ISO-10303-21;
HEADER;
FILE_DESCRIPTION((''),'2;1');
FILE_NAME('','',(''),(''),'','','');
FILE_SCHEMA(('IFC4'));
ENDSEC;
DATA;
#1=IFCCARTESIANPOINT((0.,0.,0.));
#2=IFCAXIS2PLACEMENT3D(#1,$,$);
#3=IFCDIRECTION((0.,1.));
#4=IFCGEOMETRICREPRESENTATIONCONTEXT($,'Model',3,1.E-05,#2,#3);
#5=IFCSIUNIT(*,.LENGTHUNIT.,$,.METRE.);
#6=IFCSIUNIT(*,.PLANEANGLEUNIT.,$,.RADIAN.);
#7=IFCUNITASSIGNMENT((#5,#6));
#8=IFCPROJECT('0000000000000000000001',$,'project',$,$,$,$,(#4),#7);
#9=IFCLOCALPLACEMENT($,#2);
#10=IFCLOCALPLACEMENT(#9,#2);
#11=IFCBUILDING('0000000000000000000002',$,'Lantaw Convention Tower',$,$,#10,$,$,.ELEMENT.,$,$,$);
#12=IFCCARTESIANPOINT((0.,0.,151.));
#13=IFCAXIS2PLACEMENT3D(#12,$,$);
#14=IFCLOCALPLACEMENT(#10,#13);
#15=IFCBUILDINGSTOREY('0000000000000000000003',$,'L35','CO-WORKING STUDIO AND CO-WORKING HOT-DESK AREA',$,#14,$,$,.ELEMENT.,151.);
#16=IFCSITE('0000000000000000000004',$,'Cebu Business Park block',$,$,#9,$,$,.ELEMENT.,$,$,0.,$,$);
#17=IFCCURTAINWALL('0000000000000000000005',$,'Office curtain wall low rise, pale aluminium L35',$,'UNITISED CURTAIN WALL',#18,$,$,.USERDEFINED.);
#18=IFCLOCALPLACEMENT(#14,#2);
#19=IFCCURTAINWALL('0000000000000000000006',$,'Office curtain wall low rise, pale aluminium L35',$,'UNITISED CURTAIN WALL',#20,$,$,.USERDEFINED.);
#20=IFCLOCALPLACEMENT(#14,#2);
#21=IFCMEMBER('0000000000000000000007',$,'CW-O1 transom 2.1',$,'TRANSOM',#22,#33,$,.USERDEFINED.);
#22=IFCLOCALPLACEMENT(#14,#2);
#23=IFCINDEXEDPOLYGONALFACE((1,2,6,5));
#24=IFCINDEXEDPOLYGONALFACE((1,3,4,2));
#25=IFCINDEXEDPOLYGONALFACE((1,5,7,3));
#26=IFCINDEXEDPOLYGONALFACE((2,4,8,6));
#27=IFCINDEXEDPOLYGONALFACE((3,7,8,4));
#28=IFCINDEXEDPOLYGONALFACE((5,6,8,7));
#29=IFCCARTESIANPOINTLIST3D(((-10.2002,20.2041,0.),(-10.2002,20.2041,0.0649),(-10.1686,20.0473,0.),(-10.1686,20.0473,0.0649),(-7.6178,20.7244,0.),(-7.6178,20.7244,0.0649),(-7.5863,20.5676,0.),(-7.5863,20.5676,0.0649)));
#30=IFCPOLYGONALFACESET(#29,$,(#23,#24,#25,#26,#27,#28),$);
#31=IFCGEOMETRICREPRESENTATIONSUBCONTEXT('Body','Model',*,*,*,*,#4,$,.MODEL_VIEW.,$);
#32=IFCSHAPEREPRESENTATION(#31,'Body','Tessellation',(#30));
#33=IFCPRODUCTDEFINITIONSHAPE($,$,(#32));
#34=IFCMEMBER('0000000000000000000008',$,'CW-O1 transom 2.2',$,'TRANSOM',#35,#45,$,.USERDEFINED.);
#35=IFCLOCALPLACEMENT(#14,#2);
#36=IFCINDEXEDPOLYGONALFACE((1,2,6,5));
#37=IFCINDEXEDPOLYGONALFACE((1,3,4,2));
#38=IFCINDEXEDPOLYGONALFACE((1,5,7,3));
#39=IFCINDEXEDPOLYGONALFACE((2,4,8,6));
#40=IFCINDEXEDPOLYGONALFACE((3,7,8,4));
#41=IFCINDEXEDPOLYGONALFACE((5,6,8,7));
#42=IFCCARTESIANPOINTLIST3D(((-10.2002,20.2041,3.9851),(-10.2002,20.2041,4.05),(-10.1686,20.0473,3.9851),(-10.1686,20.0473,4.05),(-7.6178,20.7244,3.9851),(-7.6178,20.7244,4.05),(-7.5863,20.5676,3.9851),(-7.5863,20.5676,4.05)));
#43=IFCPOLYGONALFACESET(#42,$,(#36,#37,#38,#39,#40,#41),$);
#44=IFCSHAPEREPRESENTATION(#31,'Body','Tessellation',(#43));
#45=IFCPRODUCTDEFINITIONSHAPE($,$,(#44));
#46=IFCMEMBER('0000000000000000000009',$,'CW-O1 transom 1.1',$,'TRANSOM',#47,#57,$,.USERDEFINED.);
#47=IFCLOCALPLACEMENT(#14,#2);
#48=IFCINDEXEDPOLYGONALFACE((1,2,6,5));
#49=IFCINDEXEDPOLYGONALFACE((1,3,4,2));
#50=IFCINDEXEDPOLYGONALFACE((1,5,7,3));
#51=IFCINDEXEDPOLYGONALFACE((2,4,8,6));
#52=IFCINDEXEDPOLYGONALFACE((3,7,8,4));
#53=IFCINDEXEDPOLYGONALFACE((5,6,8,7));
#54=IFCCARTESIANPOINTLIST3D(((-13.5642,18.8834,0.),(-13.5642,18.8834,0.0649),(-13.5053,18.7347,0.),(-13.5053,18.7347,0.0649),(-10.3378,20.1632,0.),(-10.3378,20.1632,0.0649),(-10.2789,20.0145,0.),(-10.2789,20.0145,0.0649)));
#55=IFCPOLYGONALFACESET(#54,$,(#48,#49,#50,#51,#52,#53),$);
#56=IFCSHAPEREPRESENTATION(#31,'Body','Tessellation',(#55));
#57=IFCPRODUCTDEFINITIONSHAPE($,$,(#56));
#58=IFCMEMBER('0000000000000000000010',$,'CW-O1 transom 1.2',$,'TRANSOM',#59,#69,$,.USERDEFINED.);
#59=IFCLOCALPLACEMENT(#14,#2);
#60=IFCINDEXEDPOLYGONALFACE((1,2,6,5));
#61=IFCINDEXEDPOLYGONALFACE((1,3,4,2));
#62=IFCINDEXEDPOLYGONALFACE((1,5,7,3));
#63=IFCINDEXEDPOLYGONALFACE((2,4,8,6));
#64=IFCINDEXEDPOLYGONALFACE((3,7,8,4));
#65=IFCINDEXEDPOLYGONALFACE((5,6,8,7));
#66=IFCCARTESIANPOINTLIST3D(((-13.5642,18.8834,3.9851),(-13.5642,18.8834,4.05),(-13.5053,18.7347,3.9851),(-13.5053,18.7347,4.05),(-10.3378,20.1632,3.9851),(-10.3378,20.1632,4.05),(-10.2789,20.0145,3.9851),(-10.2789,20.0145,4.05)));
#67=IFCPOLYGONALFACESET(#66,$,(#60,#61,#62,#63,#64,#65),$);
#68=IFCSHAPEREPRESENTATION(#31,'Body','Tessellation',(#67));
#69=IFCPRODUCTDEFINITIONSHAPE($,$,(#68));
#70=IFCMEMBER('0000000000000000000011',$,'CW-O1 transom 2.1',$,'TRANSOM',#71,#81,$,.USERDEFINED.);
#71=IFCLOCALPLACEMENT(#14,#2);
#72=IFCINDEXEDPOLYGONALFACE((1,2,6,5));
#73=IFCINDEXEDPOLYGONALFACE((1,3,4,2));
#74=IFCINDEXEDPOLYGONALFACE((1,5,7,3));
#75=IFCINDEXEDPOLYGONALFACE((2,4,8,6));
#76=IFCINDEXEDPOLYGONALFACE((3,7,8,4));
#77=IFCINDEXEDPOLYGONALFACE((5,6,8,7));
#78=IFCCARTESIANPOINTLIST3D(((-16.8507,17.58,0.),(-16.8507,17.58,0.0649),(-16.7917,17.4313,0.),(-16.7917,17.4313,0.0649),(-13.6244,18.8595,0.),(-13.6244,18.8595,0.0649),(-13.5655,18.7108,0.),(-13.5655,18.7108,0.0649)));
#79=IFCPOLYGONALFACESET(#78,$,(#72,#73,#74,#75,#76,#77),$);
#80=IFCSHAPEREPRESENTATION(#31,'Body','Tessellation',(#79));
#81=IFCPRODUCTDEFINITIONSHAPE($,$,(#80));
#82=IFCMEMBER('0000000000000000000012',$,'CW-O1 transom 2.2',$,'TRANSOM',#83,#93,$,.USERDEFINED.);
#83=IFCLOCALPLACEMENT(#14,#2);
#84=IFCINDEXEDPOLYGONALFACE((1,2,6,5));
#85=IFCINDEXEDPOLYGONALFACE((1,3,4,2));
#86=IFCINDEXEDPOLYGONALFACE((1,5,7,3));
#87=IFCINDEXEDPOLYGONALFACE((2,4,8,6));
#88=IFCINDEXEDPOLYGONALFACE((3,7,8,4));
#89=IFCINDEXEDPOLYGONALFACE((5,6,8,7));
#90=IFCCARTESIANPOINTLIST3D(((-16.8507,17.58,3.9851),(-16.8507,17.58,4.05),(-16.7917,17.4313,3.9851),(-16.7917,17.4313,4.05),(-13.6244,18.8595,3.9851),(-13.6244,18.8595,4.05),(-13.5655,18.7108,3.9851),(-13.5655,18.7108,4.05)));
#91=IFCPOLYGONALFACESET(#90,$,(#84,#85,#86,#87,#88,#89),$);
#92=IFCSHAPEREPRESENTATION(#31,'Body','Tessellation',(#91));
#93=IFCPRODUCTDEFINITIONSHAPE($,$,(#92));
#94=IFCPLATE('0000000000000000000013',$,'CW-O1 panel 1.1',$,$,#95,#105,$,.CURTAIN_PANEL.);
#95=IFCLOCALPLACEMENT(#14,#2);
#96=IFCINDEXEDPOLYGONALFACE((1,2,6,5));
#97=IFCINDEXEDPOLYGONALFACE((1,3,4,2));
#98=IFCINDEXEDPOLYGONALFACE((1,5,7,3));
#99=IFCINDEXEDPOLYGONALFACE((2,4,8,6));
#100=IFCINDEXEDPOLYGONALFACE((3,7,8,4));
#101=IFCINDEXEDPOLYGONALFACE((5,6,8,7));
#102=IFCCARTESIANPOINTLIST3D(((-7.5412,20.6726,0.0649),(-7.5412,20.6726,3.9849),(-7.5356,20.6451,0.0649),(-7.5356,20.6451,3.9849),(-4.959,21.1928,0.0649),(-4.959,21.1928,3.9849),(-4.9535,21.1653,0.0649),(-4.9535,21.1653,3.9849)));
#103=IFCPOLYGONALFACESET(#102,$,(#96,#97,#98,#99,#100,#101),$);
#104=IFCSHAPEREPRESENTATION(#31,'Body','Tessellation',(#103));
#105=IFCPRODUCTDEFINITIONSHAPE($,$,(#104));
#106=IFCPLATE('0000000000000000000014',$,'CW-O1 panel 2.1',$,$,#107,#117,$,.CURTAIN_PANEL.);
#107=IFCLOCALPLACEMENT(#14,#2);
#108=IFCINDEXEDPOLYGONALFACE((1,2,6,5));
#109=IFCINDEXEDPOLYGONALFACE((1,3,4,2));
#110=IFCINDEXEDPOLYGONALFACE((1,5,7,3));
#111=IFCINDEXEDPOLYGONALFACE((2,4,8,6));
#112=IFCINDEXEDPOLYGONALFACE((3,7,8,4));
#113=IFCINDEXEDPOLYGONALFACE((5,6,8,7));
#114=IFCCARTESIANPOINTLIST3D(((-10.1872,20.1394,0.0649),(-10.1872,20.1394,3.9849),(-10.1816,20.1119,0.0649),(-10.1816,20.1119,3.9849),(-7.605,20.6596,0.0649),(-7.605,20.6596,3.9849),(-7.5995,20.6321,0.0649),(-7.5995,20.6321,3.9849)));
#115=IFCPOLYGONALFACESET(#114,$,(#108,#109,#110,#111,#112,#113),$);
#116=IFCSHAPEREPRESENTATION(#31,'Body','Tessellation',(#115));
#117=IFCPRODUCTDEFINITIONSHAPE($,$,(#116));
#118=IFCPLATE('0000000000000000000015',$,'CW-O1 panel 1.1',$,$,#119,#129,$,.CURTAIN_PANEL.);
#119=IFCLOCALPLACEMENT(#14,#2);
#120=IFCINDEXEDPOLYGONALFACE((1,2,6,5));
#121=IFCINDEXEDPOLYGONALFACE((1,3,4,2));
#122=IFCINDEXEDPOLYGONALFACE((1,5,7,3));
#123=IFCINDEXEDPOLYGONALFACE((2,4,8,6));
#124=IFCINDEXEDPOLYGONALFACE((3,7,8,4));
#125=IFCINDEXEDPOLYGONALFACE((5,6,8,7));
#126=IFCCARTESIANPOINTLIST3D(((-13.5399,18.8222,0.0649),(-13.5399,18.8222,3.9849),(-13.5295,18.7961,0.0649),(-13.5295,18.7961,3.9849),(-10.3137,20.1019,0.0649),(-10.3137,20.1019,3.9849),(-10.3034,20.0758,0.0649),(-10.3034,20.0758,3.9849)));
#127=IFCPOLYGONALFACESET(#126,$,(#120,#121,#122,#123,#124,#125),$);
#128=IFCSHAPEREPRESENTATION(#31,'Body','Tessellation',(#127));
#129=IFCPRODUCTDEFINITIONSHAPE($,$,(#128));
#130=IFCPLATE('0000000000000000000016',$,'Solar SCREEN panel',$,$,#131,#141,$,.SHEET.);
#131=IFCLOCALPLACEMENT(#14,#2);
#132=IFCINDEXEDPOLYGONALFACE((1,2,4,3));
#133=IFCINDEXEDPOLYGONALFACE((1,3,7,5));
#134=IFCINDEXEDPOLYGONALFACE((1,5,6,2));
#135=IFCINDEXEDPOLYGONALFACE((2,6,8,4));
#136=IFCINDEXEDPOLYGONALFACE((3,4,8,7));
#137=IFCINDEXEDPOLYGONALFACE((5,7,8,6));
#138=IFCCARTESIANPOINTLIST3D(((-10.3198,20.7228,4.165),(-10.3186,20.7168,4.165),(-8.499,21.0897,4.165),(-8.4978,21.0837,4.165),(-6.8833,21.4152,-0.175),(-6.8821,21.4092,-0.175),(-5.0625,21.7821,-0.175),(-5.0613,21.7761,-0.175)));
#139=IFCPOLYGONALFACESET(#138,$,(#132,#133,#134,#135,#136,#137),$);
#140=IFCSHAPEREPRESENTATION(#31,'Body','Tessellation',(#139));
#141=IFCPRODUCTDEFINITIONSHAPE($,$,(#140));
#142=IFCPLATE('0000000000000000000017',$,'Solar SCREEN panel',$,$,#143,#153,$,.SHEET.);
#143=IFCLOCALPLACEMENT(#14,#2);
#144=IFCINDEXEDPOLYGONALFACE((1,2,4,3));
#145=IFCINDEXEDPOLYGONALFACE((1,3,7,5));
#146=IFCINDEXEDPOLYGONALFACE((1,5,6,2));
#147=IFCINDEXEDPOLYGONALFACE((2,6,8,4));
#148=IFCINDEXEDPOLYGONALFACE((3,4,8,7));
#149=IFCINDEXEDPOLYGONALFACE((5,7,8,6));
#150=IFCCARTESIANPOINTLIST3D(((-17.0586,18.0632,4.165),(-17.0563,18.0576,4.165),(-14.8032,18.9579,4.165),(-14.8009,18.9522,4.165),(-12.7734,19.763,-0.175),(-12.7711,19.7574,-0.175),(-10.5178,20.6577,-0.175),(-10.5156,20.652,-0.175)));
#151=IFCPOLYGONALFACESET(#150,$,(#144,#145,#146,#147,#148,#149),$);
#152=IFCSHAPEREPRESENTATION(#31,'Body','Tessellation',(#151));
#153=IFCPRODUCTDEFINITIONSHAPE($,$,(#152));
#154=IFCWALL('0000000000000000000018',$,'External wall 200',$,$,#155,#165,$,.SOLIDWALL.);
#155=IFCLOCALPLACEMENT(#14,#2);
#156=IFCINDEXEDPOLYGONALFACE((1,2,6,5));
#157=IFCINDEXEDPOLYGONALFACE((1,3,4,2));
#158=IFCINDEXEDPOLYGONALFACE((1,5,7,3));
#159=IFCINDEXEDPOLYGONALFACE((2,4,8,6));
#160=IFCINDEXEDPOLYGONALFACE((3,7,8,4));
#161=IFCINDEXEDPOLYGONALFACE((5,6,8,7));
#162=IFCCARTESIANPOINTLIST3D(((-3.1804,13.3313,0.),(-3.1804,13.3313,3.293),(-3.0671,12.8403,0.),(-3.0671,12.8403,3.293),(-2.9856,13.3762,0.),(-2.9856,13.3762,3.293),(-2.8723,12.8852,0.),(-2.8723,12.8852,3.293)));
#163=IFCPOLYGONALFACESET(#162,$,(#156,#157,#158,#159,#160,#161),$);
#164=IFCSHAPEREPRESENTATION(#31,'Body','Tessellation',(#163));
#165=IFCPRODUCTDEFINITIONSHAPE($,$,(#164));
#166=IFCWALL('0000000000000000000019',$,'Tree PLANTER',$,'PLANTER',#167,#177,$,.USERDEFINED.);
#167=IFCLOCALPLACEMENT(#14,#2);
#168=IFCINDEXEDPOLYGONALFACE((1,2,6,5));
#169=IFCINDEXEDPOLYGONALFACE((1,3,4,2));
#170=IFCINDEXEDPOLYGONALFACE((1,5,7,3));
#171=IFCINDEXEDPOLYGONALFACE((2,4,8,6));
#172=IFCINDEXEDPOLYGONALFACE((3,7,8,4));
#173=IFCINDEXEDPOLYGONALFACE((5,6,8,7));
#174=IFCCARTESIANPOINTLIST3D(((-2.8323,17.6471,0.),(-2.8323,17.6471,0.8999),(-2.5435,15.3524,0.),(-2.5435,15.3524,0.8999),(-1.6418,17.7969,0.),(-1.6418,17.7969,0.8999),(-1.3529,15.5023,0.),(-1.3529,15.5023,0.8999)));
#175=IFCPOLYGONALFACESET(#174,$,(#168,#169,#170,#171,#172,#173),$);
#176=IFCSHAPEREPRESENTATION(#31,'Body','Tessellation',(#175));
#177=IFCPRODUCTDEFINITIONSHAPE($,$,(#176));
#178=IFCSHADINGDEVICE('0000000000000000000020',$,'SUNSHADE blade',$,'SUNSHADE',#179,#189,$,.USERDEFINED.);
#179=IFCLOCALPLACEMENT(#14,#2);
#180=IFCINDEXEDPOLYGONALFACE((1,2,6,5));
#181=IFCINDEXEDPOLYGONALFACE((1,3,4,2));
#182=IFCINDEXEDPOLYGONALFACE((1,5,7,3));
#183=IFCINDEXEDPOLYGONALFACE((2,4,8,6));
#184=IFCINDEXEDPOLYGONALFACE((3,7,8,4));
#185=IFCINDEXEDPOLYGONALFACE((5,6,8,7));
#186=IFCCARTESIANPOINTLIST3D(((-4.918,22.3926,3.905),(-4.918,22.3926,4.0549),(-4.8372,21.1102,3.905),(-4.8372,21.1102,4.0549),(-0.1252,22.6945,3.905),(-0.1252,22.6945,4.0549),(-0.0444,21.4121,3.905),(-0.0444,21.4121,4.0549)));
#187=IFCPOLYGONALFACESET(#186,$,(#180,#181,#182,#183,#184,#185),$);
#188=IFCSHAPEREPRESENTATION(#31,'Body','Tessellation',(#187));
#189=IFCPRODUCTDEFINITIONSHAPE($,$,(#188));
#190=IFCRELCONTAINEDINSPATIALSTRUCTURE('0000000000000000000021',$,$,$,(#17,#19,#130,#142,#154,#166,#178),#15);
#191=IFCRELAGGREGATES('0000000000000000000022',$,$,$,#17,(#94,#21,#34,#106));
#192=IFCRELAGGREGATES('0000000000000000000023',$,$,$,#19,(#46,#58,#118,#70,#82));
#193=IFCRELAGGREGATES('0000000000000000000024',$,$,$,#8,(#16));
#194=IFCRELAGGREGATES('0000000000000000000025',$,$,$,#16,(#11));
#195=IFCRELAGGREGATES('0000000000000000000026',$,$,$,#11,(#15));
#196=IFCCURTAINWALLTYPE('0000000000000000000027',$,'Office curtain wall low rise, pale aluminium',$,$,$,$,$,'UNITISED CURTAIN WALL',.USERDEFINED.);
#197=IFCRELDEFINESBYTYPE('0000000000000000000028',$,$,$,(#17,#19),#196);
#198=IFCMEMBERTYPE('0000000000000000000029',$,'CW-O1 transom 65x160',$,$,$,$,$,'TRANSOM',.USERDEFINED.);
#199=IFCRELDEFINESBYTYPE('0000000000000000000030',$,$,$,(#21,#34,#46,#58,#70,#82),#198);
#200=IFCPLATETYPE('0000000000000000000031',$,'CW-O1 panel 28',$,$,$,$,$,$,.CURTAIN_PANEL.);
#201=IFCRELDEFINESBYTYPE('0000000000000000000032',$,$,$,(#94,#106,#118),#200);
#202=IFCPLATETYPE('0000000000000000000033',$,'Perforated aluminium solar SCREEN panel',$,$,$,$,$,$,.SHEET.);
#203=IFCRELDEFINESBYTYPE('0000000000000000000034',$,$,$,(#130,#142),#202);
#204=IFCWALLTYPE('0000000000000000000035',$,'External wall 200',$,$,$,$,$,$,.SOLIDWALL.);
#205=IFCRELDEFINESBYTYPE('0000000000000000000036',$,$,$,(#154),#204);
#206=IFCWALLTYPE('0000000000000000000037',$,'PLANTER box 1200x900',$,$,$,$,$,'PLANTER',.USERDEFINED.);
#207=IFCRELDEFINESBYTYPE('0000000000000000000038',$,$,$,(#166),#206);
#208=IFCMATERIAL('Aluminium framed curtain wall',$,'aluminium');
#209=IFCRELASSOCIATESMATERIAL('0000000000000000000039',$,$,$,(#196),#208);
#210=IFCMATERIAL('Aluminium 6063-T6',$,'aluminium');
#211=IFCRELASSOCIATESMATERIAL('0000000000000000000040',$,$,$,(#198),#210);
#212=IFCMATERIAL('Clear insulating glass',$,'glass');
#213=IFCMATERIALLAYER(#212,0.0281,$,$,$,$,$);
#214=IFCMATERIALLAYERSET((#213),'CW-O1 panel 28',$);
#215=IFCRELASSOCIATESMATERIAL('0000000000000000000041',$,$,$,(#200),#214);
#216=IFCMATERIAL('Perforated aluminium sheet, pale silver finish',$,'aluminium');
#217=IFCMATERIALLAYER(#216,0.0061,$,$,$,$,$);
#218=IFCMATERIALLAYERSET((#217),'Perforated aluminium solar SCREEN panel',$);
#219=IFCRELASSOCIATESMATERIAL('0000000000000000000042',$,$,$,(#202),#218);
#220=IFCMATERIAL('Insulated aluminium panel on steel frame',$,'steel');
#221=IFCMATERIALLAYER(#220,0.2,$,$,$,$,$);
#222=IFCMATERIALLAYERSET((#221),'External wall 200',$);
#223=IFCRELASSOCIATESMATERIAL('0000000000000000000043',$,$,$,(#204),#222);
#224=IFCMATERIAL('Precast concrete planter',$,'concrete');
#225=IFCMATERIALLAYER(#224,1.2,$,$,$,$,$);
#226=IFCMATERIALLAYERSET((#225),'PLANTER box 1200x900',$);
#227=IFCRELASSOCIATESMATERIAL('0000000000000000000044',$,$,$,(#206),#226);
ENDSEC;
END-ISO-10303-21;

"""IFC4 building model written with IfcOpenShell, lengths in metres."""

from ifc_helpers import new_model, si_unit, direction, frame, frame_2d, origin, origin_2d, place, context, subcontext, project, spatial, polyline, rectangle, outline, extrude, material, layer, layer_set, material_profile, profile_set, type_object, element, aggregate, save


model = new_model("IFC4")

# Units and contexts
model_context = context("Model", 3, precision=1e-05, world=origin(), true_north=direction((0.0, 1.0)))
body_context = subcontext(model_context, "Body", "Model", "MODEL_VIEW")
ifc_project = project(units=[si_unit("LENGTHUNIT", "METRE"), si_unit("PLANEANGLEUNIT", "RADIAN")], contexts=[model_context])

# Site, building, storey
site_placement = place(None, origin())
site = spatial("IfcSite", under=ifc_project, at=site_placement, Name="Cebu Business Park block", CompositionType="ELEMENT", RefElevation=0.0)
building_placement = place(site_placement, origin())
building = spatial("IfcBuilding", under=site, at=building_placement, Name="Lantaw Convention Tower", CompositionType="ELEMENT")
storey_placement = place(building_placement, frame((0.0, 0.0, 151.0)))
storey = spatial("IfcBuildingStorey", under=building, at=storey_placement, Name="L35", Description="CO-WORKING STUDIO AND CO-WORKING HOT-DESK AREA", CompositionType="ELEMENT", Elevation=151.0)

# Curtain walls
ifc_material_1 = material(Name="Aluminium framed curtain wall", Category="aluminium")
curtain_wall_type = type_object("IfcCurtainWallType", Name="Office curtain wall low rise, pale aluminium", ElementType="UNITISED CURTAIN WALL", PredefinedType="USERDEFINED", material=ifc_material_1)
curtain_wall_1_placement = place(storey_placement, origin())
curtain_wall_1 = element("IfcCurtainWall", 1, at=curtain_wall_1_placement, inside=storey, type_object=curtain_wall_type, Name="Office curtain wall low rise, pale aluminium L35", ObjectType="UNITISED CURTAIN WALL", PredefinedType="USERDEFINED")
ifc_material_2 = material(Name="Aluminium 6063-T6", Category="aluminium")
curtain_wall_2_placement = place(storey_placement, origin())
curtain_wall_2 = element("IfcCurtainWall", 2, at=curtain_wall_2_placement, inside=storey, type_object=curtain_wall_type, Name="Office curtain wall low rise, pale aluminium L35", ObjectType="UNITISED CURTAIN WALL", PredefinedType="USERDEFINED")

# Members
ifc_material_profile_1 = material_profile(ifc_material_2, rectangle(XDim=0.1599, YDim=0.0649, at=origin_2d()), Name="CW-O1 transom 65x160")
ifc_profile_set_1 = profile_set([ifc_material_profile_1], Name="Aluminium 6063-T6")
member_type_1 = type_object("IfcMemberType", Name="CW-O1 transom 65x160", ElementType="TRANSOM", PredefinedType="USERDEFINED", material=ifc_profile_set_1)
member_1_placement = place(storey_placement, frame((-7.6021, 20.646, 0.0325), z_axis=(-0.980302, -0.197506, 0.0), x_axis=(0.197506, -0.980302, 0.0)))
member_1 = element("IfcMember", 3, at=member_1_placement, type_object=member_type_1, Name="CW-O1 transom 2.1", ObjectType="TRANSOM", PredefinedType="USERDEFINED", context=body_context, shape_type="SweptSolid", body=[
    extrude(rectangle(XDim=0.1599, YDim=0.0649, at=origin_2d()), origin(), (0.0, 0.0, 1.0), 2.6343),
])
member_2_placement = place(storey_placement, frame((-7.6021, 20.646, 4.0176), z_axis=(-0.980302, -0.197506, 0.0), x_axis=(0.197506, -0.980302, 0.0)))
member_2 = element("IfcMember", 4, at=member_2_placement, type_object=member_type_1, Name="CW-O1 transom 2.2", ObjectType="TRANSOM", PredefinedType="USERDEFINED", context=body_context, shape_type="SweptSolid", body=[
    extrude(rectangle(XDim=0.1599, YDim=0.0649, at=origin_2d()), origin(), (0.0, 0.0, 1.0), 2.6343),
])
member_3_placement = place(storey_placement, frame((-10.3083, 20.0889, 0.0325), z_axis=(-0.92954, -0.368721, 0.0), x_axis=(0.368721, -0.92954, 0.0)))
member_3 = element("IfcMember", 5, at=member_3_placement, type_object=member_type_1, Name="CW-O1 transom 1.1", ObjectType="TRANSOM", PredefinedType="USERDEFINED", context=body_context, shape_type="SweptSolid", body=[
    extrude(rectangle(XDim=0.1599, YDim=0.0649, at=origin_2d()), origin(), (0.0, 0.0, 1.0), 3.4709),
])
member_4_placement = place(storey_placement, frame((-10.3083, 20.0889, 4.0176), z_axis=(-0.92954, -0.368721, 0.0), x_axis=(0.368721, -0.92954, 0.0)))
member_4 = element("IfcMember", 6, at=member_4_placement, type_object=member_type_1, Name="CW-O1 transom 1.2", ObjectType="TRANSOM", PredefinedType="USERDEFINED", context=body_context, shape_type="SweptSolid", body=[
    extrude(rectangle(XDim=0.1599, YDim=0.0649, at=origin_2d()), origin(), (0.0, 0.0, 1.0), 3.4709),
])
member_5_placement = place(storey_placement, frame((-13.595, 18.7852, 0.0325), z_axis=(-0.929564, -0.36866, 0.0), x_axis=(0.36866, -0.929564, 0.0)))
member_5 = element("IfcMember", 7, at=member_5_placement, type_object=member_type_1, Name="CW-O1 transom 2.1", ObjectType="TRANSOM", PredefinedType="USERDEFINED", context=body_context, shape_type="SweptSolid", body=[
    extrude(rectangle(XDim=0.1599, YDim=0.0649, at=origin_2d()), origin(), (0.0, 0.0, 1.0), 3.4707),
])
member_6_placement = place(storey_placement, frame((-13.595, 18.7852, 4.0176), z_axis=(-0.929564, -0.36866, 0.0), x_axis=(0.36866, -0.929564, 0.0)))
member_6 = element("IfcMember", 8, at=member_6_placement, type_object=member_type_1, Name="CW-O1 transom 2.2", ObjectType="TRANSOM", PredefinedType="USERDEFINED", context=body_context, shape_type="SweptSolid", body=[
    extrude(rectangle(XDim=0.1599, YDim=0.0649, at=origin_2d()), origin(), (0.0, 0.0, 1.0), 3.4707),
])

# Plates
ifc_material_3 = material(Name="Clear insulating glass", Category="glass")
ifc_layer_1 = layer(ifc_material_3, 0.0281)
ifc_layer_set_1 = layer_set([ifc_layer_1], Name="CW-O1 panel 28")
plate_type_1 = type_object("IfcPlateType", Name="CW-O1 panel 28", PredefinedType="CURTAIN_PANEL", material=ifc_layer_set_1)
plate_1_placement = place(storey_placement, frame((-6.2473, 20.9189, 0.0649), z_axis=(0.0, 0.0, 1.0), x_axis=(-0.980302, -0.197507, 0.0)))
plate_1 = element("IfcPlate", 9, at=plate_1_placement, type_object=plate_type_1, Name="CW-O1 panel 1.1", PredefinedType="CURTAIN_PANEL", context=body_context, shape_type="SweptSolid", body=[
    extrude(rectangle(XDim=2.634, YDim=0.0281, at=origin_2d()), origin(), (0.0, 0.0, 1.0), 3.9199),
])
plate_2_placement = place(storey_placement, frame((-8.8933, 20.3857, 0.0649), z_axis=(0.0, 0.0, 1.0), x_axis=(-0.980302, -0.197507, 0.0)))
plate_2 = element("IfcPlate", 10, at=plate_2_placement, type_object=plate_type_1, Name="CW-O1 panel 2.1", PredefinedType="CURTAIN_PANEL", context=body_context, shape_type="SweptSolid", body=[
    extrude(rectangle(XDim=2.634, YDim=0.0281, at=origin_2d()), origin(), (0.0, 0.0, 1.0), 3.9199),
])
aggregate(curtain_wall_1, [plate_1, member_1, member_2, plate_2])
plate_3_placement = place(storey_placement, frame((-11.9216, 19.449, 0.0649), z_axis=(0.0, 0.0, 1.0), x_axis=(-0.929548, -0.368702, 0.0)))
plate_3 = element("IfcPlate", 11, at=plate_3_placement, type_object=plate_type_1, Name="CW-O1 panel 1.1", PredefinedType="CURTAIN_PANEL", context=body_context, shape_type="SweptSolid", body=[
    extrude(rectangle(XDim=3.4707, YDim=0.0281, at=origin_2d()), origin(), (0.0, 0.0, 1.0), 3.9199),
])
aggregate(curtain_wall_2, [member_3, member_4, plate_3, member_5, member_6])

# Plates
ifc_material_4 = material(Name="Perforated aluminium sheet, pale silver finish", Category="aluminium")
ifc_layer_2 = layer(ifc_material_4, 0.0061)
ifc_layer_set_2 = layer_set([ifc_layer_2], Name="Perforated aluminium solar SCREEN panel")
plate_type_2 = type_object("IfcPlateType", Name="Perforated aluminium solar SCREEN panel", PredefinedType="SHEET", material=ifc_layer_set_2)
plate_4_placement = place(storey_placement, frame((-5.0613, 21.7761, -0.175), z_axis=(0.197557, -0.980291, 0.000039), x_axis=(-0.980291, -0.197557, 0.0)))
element("IfcPlate", 12, at=plate_4_placement, inside=storey, type_object=plate_type_2, Name="Solar SCREEN panel", PredefinedType="SHEET", context=body_context, shape_type="SweptSolid", body=[
    extrude(outline(polyline([(0.0, 0.0), (1.8574, 0.0), (5.363, -4.3401), (3.5056, -4.3401), (0.0, 0.0)])), origin(), (0.0, 0.0, -1.0), 0.0061),
])
plate_5_placement = place(storey_placement, frame((-10.5178, 20.6577, -0.175), z_axis=(-0.368709, 0.929545, 0.000011), x_axis=(-0.929545, -0.368709, 0.0)))
element("IfcPlate", 13, at=plate_5_placement, inside=storey, type_object=plate_type_2, Name="Solar SCREEN panel", PredefinedType="SHEET", context=body_context, shape_type="SweptSolid", body=[
    extrude(outline(polyline([(0.0, 0.0), (2.4265, 0.0), (7.0365, 4.3401), (4.6102, 4.3401), (0.0, 0.0)])), origin(), (0.0, 0.0, -1.0), 0.0061),
])

# Walls
ifc_material_5 = material(Name="Insulated aluminium panel on steel frame", Category="steel")
ifc_layer_3 = layer(ifc_material_5, 0.2)
ifc_layer_set_3 = layer_set([ifc_layer_3], Name="External wall 200")
wall_type_1 = type_object("IfcWallType", Name="External wall 200", PredefinedType="SOLIDWALL", material=ifc_layer_set_3)
wall_1_placement = place(storey_placement, frame((-3.083, 13.3538, 0.0), z_axis=(0.0, 0.0, 1.0), x_axis=(0.224824, -0.974399, 0.0)))
element("IfcWall", 14, at=wall_1_placement, inside=storey, type_object=wall_type_1, Name="External wall 200", PredefinedType="SOLIDWALL", context=body_context, shape_type="SweptSolid", body=[
    extrude(rectangle(XDim=0.5039, YDim=0.2, at=frame_2d((0.252, 0.0))), origin(), (0.0, 0.0, 1.0), 3.293),
])
ifc_material_6 = material(Name="Precast concrete planter", Category="concrete")
ifc_layer_4 = layer(ifc_material_6, 1.2)
ifc_layer_set_4 = layer_set([ifc_layer_4], Name="PLANTER box 1200x900")
wall_type_2 = type_object("IfcWallType", Name="PLANTER box 1200x900", ElementType="PLANTER", PredefinedType="USERDEFINED", material=ifc_layer_set_4)
wall_2_placement = place(storey_placement, frame((-1.9482, 15.4275, 0.0), z_axis=(0.0, 0.0, 1.0), x_axis=(-0.124879, 0.992172, 0.0)))
element("IfcWall", 15, at=wall_2_placement, inside=storey, type_object=wall_type_2, Name="Tree PLANTER", ObjectType="PLANTER", PredefinedType="USERDEFINED", context=body_context, shape_type="SweptSolid", body=[
    extrude(rectangle(XDim=2.3127, YDim=1.2, at=frame_2d((1.1562, 0.0))), origin(), (0.0, 0.0, 1.0), 0.8999),
])

# Shading device
shading_device_1_placement = place(storey_placement, frame((-2.4812, 21.9023, 3.905), z_axis=(0.0, 0.0, 1.0), x_axis=(-0.998022, -0.062865, 0.0)))
element("IfcShadingDevice", 16, at=shading_device_1_placement, inside=storey, Name="SUNSHADE blade", ObjectType="SUNSHADE", PredefinedType="USERDEFINED", context=body_context, shape_type="SweptSolid", body=[
    extrude(rectangle(XDim=4.8022, YDim=1.2849, at=origin_2d()), origin(), (0.0, 0.0, 1.0), 0.1499),
])

save(model, "model.ifc")
